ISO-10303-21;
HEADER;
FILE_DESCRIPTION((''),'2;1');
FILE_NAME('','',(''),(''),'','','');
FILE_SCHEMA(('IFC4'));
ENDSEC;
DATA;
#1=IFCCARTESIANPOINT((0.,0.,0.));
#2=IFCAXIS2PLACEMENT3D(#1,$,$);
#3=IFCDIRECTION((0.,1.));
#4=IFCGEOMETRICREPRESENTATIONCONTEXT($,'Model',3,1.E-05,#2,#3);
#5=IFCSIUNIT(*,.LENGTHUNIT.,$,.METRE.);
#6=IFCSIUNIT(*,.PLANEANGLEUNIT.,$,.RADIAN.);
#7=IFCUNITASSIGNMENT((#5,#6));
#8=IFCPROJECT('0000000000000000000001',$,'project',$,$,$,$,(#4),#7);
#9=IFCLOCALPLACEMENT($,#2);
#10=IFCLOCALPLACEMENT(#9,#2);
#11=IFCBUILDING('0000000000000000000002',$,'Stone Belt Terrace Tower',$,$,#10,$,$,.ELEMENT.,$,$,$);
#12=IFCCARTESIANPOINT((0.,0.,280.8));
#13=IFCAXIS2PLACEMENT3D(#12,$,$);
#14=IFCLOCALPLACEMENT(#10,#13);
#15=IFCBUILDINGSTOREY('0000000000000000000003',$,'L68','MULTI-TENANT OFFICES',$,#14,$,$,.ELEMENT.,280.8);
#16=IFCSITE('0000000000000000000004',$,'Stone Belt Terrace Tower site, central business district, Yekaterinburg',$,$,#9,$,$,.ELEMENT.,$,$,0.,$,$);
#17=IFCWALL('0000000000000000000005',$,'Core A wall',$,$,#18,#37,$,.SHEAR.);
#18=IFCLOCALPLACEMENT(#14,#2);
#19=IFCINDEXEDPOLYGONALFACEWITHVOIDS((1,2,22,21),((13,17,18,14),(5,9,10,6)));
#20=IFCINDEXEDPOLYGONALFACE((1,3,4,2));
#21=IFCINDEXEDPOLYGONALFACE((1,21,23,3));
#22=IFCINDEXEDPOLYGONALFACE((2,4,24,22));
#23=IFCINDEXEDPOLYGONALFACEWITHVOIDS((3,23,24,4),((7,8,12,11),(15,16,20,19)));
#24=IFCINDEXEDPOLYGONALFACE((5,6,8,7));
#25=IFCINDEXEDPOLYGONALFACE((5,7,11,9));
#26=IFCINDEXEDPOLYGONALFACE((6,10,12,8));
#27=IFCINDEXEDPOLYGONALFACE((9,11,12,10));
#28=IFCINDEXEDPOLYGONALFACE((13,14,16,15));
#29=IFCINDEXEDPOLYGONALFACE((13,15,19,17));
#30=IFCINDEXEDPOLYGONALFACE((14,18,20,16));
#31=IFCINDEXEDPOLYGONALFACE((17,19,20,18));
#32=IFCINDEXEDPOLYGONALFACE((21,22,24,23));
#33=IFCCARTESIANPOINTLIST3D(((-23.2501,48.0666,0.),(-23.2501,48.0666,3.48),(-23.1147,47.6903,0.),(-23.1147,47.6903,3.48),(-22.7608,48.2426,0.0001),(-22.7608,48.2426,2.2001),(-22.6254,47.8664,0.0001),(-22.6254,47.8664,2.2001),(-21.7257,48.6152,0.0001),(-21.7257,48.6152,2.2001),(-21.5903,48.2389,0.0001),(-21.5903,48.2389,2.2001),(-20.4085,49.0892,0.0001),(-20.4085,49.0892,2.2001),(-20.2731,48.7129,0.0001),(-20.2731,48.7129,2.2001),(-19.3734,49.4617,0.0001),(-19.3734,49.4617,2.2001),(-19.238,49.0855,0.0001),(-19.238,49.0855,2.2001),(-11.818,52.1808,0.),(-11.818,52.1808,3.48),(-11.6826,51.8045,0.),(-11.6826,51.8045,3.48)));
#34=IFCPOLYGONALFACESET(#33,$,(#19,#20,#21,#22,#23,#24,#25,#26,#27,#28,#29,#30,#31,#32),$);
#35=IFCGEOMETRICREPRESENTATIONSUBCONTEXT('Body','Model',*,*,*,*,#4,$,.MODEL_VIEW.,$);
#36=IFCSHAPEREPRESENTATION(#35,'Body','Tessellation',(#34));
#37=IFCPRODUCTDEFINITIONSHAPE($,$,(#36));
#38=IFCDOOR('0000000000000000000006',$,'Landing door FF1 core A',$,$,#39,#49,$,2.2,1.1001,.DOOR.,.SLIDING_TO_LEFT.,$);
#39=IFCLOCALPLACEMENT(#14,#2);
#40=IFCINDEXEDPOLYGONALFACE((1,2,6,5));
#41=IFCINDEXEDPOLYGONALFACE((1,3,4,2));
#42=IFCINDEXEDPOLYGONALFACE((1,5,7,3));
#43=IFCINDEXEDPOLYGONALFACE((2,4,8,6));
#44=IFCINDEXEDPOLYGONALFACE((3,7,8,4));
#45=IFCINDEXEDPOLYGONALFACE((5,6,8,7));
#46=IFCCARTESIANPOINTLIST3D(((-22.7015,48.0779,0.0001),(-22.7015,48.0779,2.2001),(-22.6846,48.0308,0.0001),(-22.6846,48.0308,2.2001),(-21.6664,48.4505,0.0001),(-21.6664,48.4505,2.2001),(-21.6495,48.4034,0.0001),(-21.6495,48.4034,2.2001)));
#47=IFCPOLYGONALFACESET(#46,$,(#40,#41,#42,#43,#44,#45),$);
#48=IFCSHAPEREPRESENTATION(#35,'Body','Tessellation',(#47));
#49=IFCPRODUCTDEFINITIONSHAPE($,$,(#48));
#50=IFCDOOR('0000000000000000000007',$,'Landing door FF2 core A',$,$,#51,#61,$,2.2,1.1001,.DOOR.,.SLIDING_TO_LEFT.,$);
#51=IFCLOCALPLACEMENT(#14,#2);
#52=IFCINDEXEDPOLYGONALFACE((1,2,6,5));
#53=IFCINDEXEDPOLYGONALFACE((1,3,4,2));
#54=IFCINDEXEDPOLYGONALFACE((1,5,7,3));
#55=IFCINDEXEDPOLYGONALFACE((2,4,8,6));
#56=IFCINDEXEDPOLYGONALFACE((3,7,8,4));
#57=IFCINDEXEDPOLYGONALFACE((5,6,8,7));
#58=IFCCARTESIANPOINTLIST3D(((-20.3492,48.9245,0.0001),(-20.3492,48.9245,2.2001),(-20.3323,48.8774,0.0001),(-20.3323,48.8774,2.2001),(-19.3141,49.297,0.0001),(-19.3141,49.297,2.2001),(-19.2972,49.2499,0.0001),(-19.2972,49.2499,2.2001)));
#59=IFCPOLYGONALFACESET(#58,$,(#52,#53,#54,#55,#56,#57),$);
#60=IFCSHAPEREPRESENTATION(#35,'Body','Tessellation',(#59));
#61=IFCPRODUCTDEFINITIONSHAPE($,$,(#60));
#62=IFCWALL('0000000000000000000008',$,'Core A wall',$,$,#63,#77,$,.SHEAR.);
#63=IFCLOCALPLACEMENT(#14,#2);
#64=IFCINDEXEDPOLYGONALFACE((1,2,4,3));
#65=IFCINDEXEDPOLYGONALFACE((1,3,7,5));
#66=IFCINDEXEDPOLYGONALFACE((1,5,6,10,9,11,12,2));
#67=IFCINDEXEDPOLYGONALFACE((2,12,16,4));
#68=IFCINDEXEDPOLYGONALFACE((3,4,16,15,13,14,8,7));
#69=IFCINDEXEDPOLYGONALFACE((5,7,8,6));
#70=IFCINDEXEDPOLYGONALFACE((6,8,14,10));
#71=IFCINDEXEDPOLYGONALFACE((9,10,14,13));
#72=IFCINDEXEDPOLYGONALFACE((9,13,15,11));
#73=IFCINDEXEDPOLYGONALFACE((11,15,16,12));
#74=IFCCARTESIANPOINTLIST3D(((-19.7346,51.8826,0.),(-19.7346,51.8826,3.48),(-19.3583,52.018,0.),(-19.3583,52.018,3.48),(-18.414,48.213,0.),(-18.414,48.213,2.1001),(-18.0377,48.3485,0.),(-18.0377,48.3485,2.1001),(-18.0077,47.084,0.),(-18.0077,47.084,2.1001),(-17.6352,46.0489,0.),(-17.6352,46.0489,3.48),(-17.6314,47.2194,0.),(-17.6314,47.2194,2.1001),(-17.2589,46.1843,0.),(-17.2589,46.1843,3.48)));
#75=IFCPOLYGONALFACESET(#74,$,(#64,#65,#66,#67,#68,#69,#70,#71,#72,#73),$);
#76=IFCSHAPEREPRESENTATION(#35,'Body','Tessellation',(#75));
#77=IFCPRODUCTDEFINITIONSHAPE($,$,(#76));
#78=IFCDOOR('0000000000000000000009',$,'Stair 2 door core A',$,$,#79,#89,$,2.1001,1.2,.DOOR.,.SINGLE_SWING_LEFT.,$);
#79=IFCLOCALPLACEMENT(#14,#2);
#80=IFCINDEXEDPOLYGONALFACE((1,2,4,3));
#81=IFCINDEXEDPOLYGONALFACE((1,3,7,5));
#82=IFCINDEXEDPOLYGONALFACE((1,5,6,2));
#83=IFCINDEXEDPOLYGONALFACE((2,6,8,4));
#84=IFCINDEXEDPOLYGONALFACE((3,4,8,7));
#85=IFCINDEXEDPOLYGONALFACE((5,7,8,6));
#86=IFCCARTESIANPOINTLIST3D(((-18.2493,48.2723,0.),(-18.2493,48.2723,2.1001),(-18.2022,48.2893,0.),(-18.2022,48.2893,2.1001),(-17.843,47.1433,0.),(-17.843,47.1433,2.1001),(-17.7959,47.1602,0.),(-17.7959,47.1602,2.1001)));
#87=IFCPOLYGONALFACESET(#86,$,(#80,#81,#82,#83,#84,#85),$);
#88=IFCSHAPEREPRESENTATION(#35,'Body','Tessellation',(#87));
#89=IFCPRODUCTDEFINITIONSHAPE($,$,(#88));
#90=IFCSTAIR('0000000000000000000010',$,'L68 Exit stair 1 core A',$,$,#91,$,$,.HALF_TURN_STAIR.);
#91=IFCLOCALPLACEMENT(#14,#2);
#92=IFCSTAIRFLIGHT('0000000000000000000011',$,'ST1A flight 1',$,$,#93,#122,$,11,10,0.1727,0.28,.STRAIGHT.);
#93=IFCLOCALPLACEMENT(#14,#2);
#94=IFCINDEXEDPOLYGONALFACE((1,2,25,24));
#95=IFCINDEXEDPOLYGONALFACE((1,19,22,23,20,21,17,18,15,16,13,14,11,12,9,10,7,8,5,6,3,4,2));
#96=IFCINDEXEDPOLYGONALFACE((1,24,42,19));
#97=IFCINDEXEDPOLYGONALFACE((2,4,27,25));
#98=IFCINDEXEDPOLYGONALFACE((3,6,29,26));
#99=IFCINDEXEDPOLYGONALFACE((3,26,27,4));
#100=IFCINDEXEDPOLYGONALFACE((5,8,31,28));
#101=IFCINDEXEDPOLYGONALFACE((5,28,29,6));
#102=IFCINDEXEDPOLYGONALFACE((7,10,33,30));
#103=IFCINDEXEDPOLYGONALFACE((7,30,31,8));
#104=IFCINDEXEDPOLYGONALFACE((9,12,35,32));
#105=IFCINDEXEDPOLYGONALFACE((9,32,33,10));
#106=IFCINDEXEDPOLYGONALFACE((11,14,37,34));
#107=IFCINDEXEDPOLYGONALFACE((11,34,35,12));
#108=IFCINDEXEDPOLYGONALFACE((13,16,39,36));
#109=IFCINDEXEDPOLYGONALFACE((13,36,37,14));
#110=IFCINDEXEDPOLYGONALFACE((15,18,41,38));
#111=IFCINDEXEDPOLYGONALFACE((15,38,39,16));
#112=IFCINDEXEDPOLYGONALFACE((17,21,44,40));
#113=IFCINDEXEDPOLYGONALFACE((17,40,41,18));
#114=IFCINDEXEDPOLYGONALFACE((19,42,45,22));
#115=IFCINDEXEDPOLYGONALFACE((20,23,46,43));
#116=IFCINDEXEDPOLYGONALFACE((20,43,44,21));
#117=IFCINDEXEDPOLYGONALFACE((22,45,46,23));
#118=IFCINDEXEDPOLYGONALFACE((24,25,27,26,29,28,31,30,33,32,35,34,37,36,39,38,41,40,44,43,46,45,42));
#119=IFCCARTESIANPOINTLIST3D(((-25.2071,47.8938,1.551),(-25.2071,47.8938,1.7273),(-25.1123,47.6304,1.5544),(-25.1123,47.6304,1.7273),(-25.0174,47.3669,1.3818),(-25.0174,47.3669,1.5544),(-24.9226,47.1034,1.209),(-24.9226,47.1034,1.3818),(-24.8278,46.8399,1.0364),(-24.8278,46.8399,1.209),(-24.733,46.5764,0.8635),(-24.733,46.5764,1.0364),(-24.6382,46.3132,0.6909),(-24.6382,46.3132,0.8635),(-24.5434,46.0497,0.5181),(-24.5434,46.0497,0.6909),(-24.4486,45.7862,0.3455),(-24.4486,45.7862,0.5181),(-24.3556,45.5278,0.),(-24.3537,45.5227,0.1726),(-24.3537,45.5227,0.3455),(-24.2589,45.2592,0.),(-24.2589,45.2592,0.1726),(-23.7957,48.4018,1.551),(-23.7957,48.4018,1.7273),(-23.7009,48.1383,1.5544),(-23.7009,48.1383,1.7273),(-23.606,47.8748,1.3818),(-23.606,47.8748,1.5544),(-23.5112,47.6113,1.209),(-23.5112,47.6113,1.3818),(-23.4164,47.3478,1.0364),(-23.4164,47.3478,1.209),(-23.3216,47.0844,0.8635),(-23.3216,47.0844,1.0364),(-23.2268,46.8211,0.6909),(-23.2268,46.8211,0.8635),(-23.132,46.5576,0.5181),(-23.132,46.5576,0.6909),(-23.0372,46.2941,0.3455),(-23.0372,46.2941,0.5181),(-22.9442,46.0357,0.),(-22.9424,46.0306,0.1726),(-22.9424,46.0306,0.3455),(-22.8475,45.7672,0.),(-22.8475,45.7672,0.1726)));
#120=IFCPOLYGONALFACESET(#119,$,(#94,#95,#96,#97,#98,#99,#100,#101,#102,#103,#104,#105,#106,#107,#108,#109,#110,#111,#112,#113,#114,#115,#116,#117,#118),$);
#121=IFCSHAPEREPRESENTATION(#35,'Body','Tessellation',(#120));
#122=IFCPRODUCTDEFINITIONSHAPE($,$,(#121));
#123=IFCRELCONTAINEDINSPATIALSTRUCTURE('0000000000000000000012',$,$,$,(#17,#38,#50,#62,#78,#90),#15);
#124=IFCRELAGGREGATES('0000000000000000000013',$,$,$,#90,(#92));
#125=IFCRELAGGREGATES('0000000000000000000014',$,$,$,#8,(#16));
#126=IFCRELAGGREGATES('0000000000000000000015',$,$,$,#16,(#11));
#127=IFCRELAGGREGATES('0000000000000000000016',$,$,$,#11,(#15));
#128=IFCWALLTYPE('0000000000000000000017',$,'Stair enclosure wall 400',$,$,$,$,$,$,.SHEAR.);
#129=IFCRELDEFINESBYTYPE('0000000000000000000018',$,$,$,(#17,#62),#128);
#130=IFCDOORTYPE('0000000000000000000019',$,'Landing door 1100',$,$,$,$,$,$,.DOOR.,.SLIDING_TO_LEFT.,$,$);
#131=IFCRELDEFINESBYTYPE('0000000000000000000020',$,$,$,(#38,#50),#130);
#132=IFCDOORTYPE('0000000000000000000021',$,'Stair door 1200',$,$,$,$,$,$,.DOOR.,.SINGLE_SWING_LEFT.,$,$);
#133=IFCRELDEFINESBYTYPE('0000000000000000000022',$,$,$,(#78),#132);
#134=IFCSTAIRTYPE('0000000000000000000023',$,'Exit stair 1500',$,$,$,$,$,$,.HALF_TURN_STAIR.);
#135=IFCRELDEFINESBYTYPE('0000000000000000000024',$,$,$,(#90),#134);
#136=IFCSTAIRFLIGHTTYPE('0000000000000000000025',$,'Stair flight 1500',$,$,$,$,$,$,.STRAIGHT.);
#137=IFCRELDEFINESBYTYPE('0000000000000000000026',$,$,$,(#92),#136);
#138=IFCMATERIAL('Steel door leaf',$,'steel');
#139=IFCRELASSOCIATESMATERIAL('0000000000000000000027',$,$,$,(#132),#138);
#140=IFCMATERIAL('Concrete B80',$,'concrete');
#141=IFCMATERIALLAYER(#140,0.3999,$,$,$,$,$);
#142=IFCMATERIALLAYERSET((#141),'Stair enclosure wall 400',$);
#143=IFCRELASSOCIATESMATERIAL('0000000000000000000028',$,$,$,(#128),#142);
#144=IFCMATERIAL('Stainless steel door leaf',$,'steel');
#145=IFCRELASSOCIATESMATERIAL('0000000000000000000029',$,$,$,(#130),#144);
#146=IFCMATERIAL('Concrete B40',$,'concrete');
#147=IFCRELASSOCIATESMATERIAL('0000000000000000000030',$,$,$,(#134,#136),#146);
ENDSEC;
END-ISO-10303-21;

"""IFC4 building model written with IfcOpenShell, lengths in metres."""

from ifc_helpers import new_model, si_unit, direction, frame, frame_2d, origin, place, context, subcontext, project, spatial, polyline, rectangle, outline, extrude, material, layer, layer_set, type_object, element, fill, aggregate, save


model = new_model("IFC4")

# Units and contexts
model_context = context("Model", 3, precision=1e-05, world=origin(), true_north=direction((0.0, 1.0)))
body_context = subcontext(model_context, "Body", "Model", "MODEL_VIEW")
ifc_project = project(units=[si_unit("LENGTHUNIT", "METRE"), si_unit("PLANEANGLEUNIT", "RADIAN")], contexts=[model_context])

# Site, building, storey
site_placement = place(None, origin())
site = spatial("IfcSite", under=ifc_project, at=site_placement, Name="Stone Belt Terrace Tower site, central business district, Yekaterinburg", CompositionType="ELEMENT", RefElevation=0.0)
building_placement = place(site_placement, origin())
building = spatial("IfcBuilding", under=site, at=building_placement, Name="Stone Belt Terrace Tower", CompositionType="ELEMENT")
storey_placement = place(building_placement, frame((0.0, 0.0, 280.8)))
storey = spatial("IfcBuildingStorey", under=building, at=storey_placement, Name="L68", Description="MULTI-TENANT OFFICES", CompositionType="ELEMENT", Elevation=280.8)

# Shared definitions
ifc_material_1 = material(Name="Concrete B80", Category="concrete")

# Shared definitions
ifc_material_2 = material(Name="Steel door leaf", Category="steel")
door_type_1 = type_object("IfcDoorType", Name="Stair door 1200", OperationType="SINGLE_SWING_LEFT", PredefinedType="DOOR", material=ifc_material_2)
ifc_layer_1 = layer(ifc_material_1, 0.3999)
ifc_layer_set_1 = layer_set([ifc_layer_1], Name="Stair enclosure wall 400")
wall_type_1 = type_object("IfcWallType", Name="Stair enclosure wall 400", PredefinedType="SHEAR", material=ifc_layer_set_1)

# Wall, openings, doors
wall_1_placement = place(storey_placement, frame((-23.1824, 47.8784, 0.0), z_axis=(0.0, 0.0, 1.0), x_axis=(0.940922, 0.338624, 0.0)))
wall_1 = element("IfcWall", 1, at=wall_1_placement, inside=storey, type_object=wall_type_1, Name="Core A wall", PredefinedType="SHEAR", context=body_context, shape_type="SweptSolid", body=[
    extrude(rectangle(XDim=12.1499, YDim=0.3999, at=frame_2d((6.075, 0.0))), origin(), (0.0, 0.0, 1.0), 3.48),
])
opening_1_placement = place(wall_1_placement, frame((0.52, 0.0, 0.0)))
opening_1 = element("IfcOpeningElement", 2, at=opening_1_placement, cuts=wall_1, PredefinedType="OPENING", context=body_context, shape_type="SweptSolid", body=[
    extrude(rectangle(XDim=1.1001, YDim=2.2, at=frame_2d((0.55, 1.1001))), frame((0.0, 0.21, 0.0), z_axis=(0.0, -1.0, 0.0), x_axis=(1.0, 0.0, 0.0)), (0.0, 0.0, 1.0), 0.4199),
])
opening_2_placement = place(wall_1_placement, frame((3.02, 0.0, 0.0)))
opening_2 = element("IfcOpeningElement", 3, at=opening_2_placement, cuts=wall_1, PredefinedType="OPENING", context=body_context, shape_type="SweptSolid", body=[
    extrude(rectangle(XDim=1.1001, YDim=2.2, at=frame_2d((0.55, 1.1001))), frame((0.0, 0.21, 0.0), z_axis=(0.0, -1.0, 0.0), x_axis=(1.0, 0.0, 0.0)), (0.0, 0.0, 1.0), 0.4199),
])
ifc_material_3 = material(Name="Stainless steel door leaf", Category="steel")
door_type_2 = type_object("IfcDoorType", Name="Landing door 1100", OperationType="SLIDING_TO_LEFT", PredefinedType="DOOR", material=ifc_material_3)
door_1_placement = place(opening_1_placement, origin())
door_1 = element("IfcDoor", 4, at=door_1_placement, inside=storey, type_object=door_type_2, Name="Landing door FF1 core A", OperationType="SLIDING_TO_LEFT", OverallHeight=2.2, OverallWidth=1.1001, PredefinedType="DOOR", context=body_context, shape_type="SweptSolid", body=[
    extrude(rectangle(XDim=1.1001, YDim=2.2, at=frame_2d((0.55, 1.1001))), frame((0.0, 0.0249, 0.0), z_axis=(0.0, -1.0, 0.0), x_axis=(1.0, 0.0, 0.0)), (0.0, 0.0, 1.0), 0.05),
])
fill(opening_1, door_1)
door_2_placement = place(opening_2_placement, origin())
door_2 = element("IfcDoor", 5, at=door_2_placement, inside=storey, type_object=door_type_2, Name="Landing door FF2 core A", OperationType="SLIDING_TO_LEFT", OverallHeight=2.2, OverallWidth=1.1001, PredefinedType="DOOR", context=body_context, shape_type="SweptSolid", body=[
    extrude(rectangle(XDim=1.1001, YDim=2.2, at=frame_2d((0.55, 1.1001))), frame((0.0, 0.0249, 0.0), z_axis=(0.0, -1.0, 0.0), x_axis=(1.0, 0.0, 0.0)), (0.0, 0.0, 1.0), 0.05),
])
fill(opening_2, door_2)

# Wall, opening, door
wall_2_placement = place(storey_placement, frame((-17.447, 46.1165, 0.0), z_axis=(0.0, 0.0, 1.0), x_axis=(-0.338608, 0.940928, 0.0)))
wall_2 = element("IfcWall", 6, at=wall_2_placement, inside=storey, type_object=wall_type_1, Name="Core A wall", PredefinedType="SHEAR", context=body_context, shape_type="SweptSolid", body=[
    extrude(rectangle(XDim=6.2, YDim=0.3999, at=frame_2d((3.1001, 0.0))), origin(), (0.0, 0.0, 1.0), 3.48),
])
opening_3_placement = place(wall_2_placement, frame((1.1001, 0.0, 0.0)))
opening_3 = element("IfcOpeningElement", 7, at=opening_3_placement, cuts=wall_2, PredefinedType="OPENING", context=body_context, shape_type="SweptSolid", body=[
    extrude(rectangle(XDim=1.2, YDim=2.1001, at=frame_2d((0.6001, 1.05))), frame((0.0, 0.21, 0.0), z_axis=(0.0, -1.0, 0.0), x_axis=(1.0, 0.0, 0.0)), (0.0, 0.0, 1.0), 0.4199),
])
door_3_placement = place(opening_3_placement, origin())
door_3 = element("IfcDoor", 8, at=door_3_placement, inside=storey, type_object=door_type_1, Name="Stair 2 door core A", OperationType="SINGLE_SWING_LEFT", OverallHeight=2.1001, OverallWidth=1.2, PredefinedType="DOOR", context=body_context, shape_type="SweptSolid", body=[
    extrude(rectangle(XDim=1.2, YDim=2.1001, at=frame_2d((0.6001, 1.05))), frame((0.0, 0.0249, 0.0), z_axis=(0.0, -1.0, 0.0), x_axis=(1.0, 0.0, 0.0)), (0.0, 0.0, 1.0), 0.05),
])
fill(opening_3, door_3)

# Stair, stair flight
ifc_material_4 = material(Name="Concrete B40", Category="concrete")
stair_type = type_object("IfcStairType", Name="Exit stair 1500", PredefinedType="HALF_TURN_STAIR", material=ifc_material_4)
stair_placement = place(storey_placement, origin())
stair = element("IfcStair", 9, at=stair_placement, inside=storey, type_object=stair_type, Name="L68 Exit stair 1 core A", PredefinedType="HALF_TURN_STAIR")
stair_flight_type = type_object("IfcStairFlightType", Name="Stair flight 1500", PredefinedType="STRAIGHT", material=ifc_material_4)
stair_flight_placement = place(storey_placement, frame((-23.5532, 45.5132, 0.0), z_axis=(0.0, 0.0, 1.0), x_axis=(-0.338624, 0.940922, 0.0)))
stair_flight = element("IfcStairFlight", 10, at=stair_flight_placement, type_object=stair_flight_type, Name="ST1A flight 1", NumberOfRisers=11, NumberOfTreads=10, PredefinedType="STRAIGHT", RiserHeight=0.1727, TreadLength=0.28, context=body_context, shape_type="SweptSolid", body=[
    extrude(outline(polyline([(0.0, 0.0), (0.0, 0.1726), (0.28, 0.1726), (0.28, 0.3455), (0.5601, 0.3455), (0.5601, 0.5181), (0.8401, 0.5181), (0.8401, 0.6909), (1.1201, 0.6909), (1.1201, 0.8635), (1.3999, 0.8635), (1.3999, 1.0364), (1.6799, 1.0364), (1.6799, 1.209), (1.96, 1.209), (1.96, 1.3818), (2.24, 1.3818), (2.24, 1.5544), (2.52, 1.5544), (2.52, 1.7273), (2.8, 1.7273), (2.8, 1.8999), (2.8, 1.551), (0.2854, 0.0), (0.0, 0.0)])), frame((0.0, 0.75, 0.0), z_axis=(0.0, -1.0, 0.0), x_axis=(1.0, 0.0, 0.0)), (0.0, 0.0, 1.0), 1.5),
])
aggregate(stair, [stair_flight])

save(model, "model.ifc")
